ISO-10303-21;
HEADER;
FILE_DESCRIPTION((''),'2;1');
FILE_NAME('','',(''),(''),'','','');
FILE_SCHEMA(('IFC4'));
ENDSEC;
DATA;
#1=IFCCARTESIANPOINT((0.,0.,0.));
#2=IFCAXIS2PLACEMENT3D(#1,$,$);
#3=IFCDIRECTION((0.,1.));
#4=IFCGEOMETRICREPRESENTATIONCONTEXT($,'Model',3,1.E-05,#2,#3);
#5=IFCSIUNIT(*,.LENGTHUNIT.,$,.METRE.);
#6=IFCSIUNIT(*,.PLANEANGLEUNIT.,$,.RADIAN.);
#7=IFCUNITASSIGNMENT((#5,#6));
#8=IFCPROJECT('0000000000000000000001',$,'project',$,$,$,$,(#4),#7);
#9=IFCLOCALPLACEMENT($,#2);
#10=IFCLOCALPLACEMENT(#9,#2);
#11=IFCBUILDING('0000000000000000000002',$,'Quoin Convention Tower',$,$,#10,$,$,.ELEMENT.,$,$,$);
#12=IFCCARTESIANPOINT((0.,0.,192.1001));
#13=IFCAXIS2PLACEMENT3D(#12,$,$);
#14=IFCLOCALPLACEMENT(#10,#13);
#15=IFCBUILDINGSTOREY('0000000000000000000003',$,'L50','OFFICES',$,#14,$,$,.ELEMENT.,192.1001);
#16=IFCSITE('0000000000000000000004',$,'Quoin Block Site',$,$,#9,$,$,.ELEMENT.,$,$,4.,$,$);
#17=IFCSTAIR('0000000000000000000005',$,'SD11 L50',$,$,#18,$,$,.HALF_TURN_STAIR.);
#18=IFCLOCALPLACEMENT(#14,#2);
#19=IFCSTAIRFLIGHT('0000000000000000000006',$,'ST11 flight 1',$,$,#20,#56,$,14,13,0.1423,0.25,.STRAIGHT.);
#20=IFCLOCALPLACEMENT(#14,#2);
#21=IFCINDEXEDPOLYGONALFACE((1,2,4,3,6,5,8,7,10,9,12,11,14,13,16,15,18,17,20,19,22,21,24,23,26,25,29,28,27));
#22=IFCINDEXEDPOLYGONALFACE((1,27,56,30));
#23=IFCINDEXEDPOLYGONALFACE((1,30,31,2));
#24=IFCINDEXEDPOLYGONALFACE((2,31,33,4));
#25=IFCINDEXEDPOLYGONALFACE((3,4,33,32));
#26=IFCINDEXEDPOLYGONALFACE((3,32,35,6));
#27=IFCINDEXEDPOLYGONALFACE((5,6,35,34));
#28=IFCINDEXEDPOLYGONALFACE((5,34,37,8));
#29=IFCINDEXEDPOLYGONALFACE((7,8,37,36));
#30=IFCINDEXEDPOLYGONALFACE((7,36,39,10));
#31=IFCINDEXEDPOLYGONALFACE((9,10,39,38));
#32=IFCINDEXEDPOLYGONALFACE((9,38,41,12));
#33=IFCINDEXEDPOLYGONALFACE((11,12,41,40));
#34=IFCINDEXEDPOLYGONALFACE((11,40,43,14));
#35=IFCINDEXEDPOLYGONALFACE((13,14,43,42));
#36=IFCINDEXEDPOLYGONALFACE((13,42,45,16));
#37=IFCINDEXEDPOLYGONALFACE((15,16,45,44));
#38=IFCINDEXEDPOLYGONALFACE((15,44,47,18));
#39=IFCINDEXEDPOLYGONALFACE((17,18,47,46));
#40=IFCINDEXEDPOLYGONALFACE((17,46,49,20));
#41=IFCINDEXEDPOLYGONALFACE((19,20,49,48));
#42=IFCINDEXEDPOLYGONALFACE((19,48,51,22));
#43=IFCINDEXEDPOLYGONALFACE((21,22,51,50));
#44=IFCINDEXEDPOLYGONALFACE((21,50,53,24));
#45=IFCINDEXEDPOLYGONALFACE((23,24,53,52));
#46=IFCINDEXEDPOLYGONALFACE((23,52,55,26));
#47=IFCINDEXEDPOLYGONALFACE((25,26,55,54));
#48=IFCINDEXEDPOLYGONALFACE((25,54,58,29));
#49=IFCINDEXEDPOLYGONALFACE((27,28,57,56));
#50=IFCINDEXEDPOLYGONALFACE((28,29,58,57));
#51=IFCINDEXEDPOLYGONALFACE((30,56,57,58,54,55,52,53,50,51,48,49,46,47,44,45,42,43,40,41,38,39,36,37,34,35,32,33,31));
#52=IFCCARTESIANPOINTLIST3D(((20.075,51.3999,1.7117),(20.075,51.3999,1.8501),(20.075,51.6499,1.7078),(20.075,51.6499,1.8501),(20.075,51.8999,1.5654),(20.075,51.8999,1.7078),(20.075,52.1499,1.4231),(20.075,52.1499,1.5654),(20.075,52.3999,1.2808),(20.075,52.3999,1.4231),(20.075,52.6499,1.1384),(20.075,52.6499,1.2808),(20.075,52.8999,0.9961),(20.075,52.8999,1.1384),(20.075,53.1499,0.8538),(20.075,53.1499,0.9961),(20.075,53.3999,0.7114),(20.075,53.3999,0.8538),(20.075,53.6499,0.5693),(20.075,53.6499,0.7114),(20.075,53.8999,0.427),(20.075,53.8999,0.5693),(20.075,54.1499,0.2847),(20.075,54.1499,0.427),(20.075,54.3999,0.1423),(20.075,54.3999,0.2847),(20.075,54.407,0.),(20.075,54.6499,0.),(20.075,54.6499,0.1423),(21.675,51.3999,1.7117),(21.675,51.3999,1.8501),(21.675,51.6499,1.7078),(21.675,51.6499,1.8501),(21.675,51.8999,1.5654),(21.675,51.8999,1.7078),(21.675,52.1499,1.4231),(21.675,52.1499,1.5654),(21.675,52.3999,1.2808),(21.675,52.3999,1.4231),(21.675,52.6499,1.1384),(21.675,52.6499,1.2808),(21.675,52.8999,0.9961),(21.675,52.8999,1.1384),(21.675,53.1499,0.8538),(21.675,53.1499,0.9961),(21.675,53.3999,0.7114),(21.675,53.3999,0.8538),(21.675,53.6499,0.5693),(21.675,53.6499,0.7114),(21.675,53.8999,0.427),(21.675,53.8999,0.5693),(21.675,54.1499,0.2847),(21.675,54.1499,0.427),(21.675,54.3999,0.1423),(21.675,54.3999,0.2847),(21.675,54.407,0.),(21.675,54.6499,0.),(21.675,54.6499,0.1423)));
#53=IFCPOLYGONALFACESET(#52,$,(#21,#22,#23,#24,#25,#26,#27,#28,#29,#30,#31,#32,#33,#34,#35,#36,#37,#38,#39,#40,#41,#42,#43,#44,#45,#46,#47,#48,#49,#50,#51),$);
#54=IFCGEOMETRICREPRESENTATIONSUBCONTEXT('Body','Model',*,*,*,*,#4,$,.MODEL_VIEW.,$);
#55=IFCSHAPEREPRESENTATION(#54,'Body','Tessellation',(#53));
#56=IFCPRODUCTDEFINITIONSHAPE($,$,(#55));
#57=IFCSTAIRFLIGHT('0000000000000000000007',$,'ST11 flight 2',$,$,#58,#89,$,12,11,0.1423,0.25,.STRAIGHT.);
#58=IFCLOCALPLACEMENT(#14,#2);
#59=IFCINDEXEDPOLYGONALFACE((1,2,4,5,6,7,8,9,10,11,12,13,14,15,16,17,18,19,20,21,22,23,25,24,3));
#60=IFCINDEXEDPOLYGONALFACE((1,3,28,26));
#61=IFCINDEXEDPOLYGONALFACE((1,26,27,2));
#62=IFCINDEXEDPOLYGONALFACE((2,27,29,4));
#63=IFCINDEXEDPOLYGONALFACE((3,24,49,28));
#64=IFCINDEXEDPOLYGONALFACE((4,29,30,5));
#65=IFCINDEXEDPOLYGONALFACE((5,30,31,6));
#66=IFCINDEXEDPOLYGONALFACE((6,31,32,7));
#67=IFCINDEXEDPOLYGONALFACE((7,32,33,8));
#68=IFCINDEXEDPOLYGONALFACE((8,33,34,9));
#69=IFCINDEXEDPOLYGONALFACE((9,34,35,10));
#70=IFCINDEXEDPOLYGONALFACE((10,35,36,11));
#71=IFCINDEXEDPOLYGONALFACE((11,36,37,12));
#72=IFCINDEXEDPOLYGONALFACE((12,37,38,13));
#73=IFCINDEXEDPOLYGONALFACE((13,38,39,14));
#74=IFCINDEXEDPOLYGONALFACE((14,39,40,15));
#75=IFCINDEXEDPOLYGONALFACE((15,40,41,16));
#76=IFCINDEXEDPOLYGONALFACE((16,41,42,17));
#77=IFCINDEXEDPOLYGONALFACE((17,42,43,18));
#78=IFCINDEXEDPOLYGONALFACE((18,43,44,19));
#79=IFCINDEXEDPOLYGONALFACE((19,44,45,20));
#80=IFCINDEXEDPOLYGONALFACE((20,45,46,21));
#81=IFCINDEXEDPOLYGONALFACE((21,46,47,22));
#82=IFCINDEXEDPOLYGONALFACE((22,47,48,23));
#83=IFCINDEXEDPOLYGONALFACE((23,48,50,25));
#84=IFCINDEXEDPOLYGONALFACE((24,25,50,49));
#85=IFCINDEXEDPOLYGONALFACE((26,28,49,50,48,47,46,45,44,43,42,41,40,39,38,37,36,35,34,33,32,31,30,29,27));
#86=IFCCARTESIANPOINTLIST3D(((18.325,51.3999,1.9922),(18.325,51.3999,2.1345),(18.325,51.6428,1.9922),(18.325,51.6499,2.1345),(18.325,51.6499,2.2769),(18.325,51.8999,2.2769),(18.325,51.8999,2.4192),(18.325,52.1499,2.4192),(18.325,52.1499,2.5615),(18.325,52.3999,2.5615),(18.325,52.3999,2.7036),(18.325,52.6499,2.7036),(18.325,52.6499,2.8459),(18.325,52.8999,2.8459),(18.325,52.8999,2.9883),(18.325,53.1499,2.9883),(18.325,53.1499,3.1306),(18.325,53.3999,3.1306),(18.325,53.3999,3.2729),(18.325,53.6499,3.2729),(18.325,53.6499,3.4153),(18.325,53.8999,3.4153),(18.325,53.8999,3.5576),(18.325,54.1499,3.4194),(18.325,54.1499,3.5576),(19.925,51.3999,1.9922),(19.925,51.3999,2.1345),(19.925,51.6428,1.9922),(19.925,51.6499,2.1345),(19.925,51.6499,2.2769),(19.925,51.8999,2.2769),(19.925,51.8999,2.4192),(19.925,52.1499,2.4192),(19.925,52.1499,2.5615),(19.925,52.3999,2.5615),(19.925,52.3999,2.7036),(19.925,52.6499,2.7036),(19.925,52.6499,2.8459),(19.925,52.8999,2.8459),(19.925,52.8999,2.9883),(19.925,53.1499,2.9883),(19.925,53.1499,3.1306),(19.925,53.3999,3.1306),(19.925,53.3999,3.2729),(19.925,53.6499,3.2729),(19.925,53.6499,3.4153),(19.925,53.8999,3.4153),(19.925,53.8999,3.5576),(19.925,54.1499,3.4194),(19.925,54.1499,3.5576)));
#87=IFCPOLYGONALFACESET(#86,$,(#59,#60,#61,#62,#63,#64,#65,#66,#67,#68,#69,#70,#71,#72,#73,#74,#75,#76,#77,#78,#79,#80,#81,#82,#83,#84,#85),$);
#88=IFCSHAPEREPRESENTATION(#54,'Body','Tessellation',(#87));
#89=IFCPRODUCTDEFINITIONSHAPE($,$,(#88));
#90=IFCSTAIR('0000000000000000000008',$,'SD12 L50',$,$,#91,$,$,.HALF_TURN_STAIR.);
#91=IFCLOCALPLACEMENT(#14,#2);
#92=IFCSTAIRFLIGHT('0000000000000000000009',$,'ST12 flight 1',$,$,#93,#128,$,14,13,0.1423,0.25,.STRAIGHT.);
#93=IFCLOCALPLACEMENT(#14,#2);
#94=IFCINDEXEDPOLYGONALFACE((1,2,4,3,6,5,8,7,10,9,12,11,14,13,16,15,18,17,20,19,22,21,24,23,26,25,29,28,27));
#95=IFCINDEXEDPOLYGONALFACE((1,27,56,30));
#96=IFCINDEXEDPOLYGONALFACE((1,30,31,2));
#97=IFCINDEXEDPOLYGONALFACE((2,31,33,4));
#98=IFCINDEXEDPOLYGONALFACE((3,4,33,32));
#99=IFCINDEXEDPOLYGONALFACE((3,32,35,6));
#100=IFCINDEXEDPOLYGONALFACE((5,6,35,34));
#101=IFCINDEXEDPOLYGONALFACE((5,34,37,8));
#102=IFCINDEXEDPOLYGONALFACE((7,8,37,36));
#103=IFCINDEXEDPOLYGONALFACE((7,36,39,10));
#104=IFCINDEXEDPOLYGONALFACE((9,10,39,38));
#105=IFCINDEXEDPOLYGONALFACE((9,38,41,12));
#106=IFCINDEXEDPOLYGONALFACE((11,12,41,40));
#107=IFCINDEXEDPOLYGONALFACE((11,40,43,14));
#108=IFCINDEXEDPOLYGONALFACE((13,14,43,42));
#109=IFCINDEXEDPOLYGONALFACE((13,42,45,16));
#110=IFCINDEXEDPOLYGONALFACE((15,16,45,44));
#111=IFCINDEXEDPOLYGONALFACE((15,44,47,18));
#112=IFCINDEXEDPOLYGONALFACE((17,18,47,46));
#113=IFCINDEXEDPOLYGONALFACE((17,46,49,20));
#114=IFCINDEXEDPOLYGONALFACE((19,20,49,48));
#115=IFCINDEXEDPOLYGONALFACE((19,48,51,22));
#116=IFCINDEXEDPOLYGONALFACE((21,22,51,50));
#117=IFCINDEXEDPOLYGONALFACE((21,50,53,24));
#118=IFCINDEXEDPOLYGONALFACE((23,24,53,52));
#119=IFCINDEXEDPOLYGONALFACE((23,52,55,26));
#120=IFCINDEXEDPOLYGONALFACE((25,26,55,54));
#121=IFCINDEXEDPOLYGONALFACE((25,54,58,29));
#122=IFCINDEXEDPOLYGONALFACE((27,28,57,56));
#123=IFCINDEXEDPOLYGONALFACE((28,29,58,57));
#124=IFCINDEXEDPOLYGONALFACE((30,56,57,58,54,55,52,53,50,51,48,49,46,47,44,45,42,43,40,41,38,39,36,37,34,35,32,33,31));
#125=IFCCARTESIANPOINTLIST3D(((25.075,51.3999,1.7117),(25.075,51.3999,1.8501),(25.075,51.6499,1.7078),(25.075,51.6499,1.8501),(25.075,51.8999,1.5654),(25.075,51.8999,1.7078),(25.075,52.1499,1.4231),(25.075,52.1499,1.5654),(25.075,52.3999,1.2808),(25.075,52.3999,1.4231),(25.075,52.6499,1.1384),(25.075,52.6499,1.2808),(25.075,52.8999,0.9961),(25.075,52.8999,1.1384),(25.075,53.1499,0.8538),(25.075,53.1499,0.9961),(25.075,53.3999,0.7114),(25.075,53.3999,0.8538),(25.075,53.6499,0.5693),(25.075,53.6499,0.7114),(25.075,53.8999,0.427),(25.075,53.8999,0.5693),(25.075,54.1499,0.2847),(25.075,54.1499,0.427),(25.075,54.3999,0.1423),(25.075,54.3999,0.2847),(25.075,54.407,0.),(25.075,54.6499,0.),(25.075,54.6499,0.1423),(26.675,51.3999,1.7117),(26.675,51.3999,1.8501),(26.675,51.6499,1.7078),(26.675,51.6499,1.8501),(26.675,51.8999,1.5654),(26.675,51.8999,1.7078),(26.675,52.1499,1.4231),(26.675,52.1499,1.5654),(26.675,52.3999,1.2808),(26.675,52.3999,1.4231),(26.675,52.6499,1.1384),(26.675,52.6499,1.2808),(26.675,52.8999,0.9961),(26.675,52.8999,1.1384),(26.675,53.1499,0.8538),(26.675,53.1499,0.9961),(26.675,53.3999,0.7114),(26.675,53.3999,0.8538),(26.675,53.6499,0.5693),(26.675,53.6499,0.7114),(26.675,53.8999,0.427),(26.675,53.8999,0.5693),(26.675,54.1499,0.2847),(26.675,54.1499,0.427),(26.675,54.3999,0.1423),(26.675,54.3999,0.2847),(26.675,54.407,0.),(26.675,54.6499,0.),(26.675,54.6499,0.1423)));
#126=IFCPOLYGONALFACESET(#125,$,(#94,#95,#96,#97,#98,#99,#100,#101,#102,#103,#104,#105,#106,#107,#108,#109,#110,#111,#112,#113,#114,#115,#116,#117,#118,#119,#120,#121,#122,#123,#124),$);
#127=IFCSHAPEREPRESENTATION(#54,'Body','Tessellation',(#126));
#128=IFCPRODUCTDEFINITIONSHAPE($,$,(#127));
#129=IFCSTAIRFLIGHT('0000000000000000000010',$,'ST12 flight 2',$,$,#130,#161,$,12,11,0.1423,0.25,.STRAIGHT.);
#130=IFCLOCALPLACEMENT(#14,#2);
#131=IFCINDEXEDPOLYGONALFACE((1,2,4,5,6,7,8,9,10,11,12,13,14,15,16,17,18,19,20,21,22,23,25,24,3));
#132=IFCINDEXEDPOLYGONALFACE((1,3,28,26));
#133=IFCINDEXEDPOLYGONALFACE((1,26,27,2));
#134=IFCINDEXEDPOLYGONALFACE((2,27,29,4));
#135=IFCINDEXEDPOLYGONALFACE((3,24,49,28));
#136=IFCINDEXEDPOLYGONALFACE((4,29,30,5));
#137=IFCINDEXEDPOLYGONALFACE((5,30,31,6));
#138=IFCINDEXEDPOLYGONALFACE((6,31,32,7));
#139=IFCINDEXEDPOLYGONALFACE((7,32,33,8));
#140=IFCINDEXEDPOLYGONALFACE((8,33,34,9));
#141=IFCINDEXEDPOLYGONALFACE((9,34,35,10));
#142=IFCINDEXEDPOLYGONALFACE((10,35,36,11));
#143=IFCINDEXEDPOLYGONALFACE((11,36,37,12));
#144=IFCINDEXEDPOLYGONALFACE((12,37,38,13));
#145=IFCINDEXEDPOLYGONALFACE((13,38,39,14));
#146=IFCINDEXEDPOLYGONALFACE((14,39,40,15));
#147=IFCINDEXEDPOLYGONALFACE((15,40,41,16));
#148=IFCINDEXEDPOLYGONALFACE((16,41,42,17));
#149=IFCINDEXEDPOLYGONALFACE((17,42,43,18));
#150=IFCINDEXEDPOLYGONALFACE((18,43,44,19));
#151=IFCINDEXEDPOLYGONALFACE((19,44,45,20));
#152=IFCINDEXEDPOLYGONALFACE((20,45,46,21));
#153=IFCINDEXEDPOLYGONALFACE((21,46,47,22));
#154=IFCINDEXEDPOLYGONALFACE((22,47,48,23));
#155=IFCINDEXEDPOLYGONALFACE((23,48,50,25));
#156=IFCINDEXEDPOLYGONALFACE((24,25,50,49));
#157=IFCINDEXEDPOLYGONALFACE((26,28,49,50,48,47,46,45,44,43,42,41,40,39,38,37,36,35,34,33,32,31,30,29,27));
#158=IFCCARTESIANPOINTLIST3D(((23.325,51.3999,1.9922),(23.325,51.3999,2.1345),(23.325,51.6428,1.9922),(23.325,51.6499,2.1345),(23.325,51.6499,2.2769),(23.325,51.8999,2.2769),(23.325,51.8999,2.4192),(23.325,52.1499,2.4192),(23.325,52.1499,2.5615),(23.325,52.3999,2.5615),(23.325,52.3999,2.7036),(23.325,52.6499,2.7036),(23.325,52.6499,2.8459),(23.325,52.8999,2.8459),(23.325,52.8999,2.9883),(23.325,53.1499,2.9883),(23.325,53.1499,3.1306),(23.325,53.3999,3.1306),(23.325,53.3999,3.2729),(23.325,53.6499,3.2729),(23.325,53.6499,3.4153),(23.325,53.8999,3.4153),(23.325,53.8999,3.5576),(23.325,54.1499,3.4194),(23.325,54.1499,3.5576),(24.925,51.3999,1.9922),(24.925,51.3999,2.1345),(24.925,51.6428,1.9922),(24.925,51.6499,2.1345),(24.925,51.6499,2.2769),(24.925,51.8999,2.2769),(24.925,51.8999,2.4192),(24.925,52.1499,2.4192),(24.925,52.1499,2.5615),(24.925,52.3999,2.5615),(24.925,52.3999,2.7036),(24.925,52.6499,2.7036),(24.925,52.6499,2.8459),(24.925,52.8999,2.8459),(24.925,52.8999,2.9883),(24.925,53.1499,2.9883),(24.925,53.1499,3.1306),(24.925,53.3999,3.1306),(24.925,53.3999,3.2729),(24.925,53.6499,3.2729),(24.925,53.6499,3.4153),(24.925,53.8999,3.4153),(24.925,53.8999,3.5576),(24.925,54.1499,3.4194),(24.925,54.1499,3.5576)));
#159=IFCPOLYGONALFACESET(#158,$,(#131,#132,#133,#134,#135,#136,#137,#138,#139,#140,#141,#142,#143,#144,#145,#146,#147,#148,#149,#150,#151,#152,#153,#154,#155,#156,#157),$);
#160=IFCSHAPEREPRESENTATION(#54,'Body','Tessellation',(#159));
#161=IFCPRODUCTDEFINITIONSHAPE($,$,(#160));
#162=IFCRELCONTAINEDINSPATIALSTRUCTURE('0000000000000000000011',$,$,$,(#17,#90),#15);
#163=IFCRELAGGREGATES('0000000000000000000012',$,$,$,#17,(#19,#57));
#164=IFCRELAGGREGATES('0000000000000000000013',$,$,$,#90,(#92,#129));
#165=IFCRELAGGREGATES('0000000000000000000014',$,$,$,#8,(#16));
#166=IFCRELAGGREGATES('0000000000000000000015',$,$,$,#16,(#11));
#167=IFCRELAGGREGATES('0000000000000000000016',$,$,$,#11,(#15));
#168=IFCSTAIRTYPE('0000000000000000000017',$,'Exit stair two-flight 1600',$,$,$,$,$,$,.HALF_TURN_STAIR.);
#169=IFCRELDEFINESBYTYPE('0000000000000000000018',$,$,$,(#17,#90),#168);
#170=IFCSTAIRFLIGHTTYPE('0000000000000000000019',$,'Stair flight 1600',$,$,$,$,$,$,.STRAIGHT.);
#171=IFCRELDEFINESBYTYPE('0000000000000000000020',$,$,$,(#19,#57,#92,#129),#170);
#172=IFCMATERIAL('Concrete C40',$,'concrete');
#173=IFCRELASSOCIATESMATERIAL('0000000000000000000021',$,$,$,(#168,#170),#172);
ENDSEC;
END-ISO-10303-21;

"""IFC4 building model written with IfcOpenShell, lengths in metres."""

from ifc_helpers import new_model, si_unit, direction, frame, origin, place, context, subcontext, project, spatial, polyline, outline, extrude, material, type_object, element, aggregate, save


model = new_model("IFC4")

# Units and contexts
model_context = context("Model", 3, precision=1e-05, world=origin(), true_north=direction((0.0, 1.0)))
body_context = subcontext(model_context, "Body", "Model", "MODEL_VIEW")
ifc_project = project(units=[si_unit("LENGTHUNIT", "METRE"), si_unit("PLANEANGLEUNIT", "RADIAN")], contexts=[model_context])

# Site, building, storey
site_placement = place(None, origin())
site = spatial("IfcSite", under=ifc_project, at=site_placement, Name="Quoin Block Site", CompositionType="ELEMENT", RefElevation=4.0)
building_placement = place(site_placement, origin())
building = spatial("IfcBuilding", under=site, at=building_placement, Name="Quoin Convention Tower", CompositionType="ELEMENT")
storey_placement = place(building_placement, frame((0.0, 0.0, 192.1001)))
storey = spatial("IfcBuildingStorey", under=building, at=storey_placement, Name="L50", Description="OFFICES", CompositionType="ELEMENT", Elevation=192.1001)

# Stairs, stair flights
ifc_material_1 = material(Name="Concrete C40", Category="concrete")
stair_type = type_object("IfcStairType", Name="Exit stair two-flight 1600", PredefinedType="HALF_TURN_STAIR", material=ifc_material_1)
stair_1_placement = place(storey_placement, origin())
stair_1 = element("IfcStair", 1, at=stair_1_placement, inside=storey, type_object=stair_type, Name="SD11 L50", PredefinedType="HALF_TURN_STAIR")
stair_flight_type = type_object("IfcStairFlightType", Name="Stair flight 1600", PredefinedType="STRAIGHT", material=ifc_material_1)
stair_flight_1_placement = place(storey_placement, frame((20.875, 54.6499, 0.0), z_axis=(0.0, 0.0, 1.0), x_axis=(0.0, -1.0, 0.0)))
stair_flight_1 = element("IfcStairFlight", 2, at=stair_flight_1_placement, type_object=stair_flight_type, Name="ST11 flight 1", NumberOfRisers=14, NumberOfTreads=13, PredefinedType="STRAIGHT", RiserHeight=0.1423, TreadLength=0.25, context=body_context, shape_type="SweptSolid", body=[
    extrude(outline(polyline([(0.0, 0.0), (0.0, 0.1423), (0.25, 0.1423), (0.25, 0.2847), (0.5, 0.2847), (0.5, 0.427), (0.75, 0.427), (0.75, 0.5693), (1.0, 0.5693), (1.0, 0.7114), (1.25, 0.7114), (1.25, 0.8538), (1.5, 0.8538), (1.5, 0.9961), (1.75, 0.9961), (1.75, 1.1384), (2.0, 1.1384), (2.0, 1.2808), (2.25, 1.2808), (2.25, 1.4231), (2.5, 1.4231), (2.5, 1.5654), (2.75, 1.5654), (2.75, 1.7078), (3.0, 1.7078), (3.0, 1.8501), (3.25, 1.8501), (3.25, 1.9922), (3.25, 1.7117), (0.2429, 0.0), (0.0, 0.0)])), frame((0.0, 0.8, 0.0), z_axis=(0.0, -1.0, 0.0), x_axis=(1.0, 0.0, 0.0)), (0.0, 0.0, 1.0), 1.6001),
])
stair_flight_2_placement = place(storey_placement, frame((19.125, 51.3999, 1.9922), z_axis=(0.0, 0.0, 1.0), x_axis=(0.0, 1.0, 0.0)))
stair_flight_2 = element("IfcStairFlight", 3, at=stair_flight_2_placement, type_object=stair_flight_type, Name="ST11 flight 2", NumberOfRisers=12, NumberOfTreads=11, PredefinedType="STRAIGHT", RiserHeight=0.1423, TreadLength=0.25, context=body_context, shape_type="SweptSolid", body=[
    extrude(outline(polyline([(0.0, 0.0), (0.0, 0.1423), (0.25, 0.1423), (0.25, 0.2847), (0.5, 0.2847), (0.5, 0.427), (0.75, 0.427), (0.75, 0.5693), (1.0, 0.5693), (1.0, 0.7114), (1.25, 0.7114), (1.25, 0.8538), (1.5, 0.8538), (1.5, 0.9961), (1.75, 0.9961), (1.75, 1.1384), (2.0, 1.1384), (2.0, 1.2808), (2.25, 1.2808), (2.25, 1.4231), (2.5, 1.4231), (2.5, 1.5654), (2.75, 1.5654), (2.75, 1.7078), (2.75, 1.4272), (0.2429, 0.0), (0.0, 0.0)])), frame((0.0, 0.8, 0.0), z_axis=(0.0, -1.0, 0.0), x_axis=(1.0, 0.0, 0.0)), (0.0, 0.0, 1.0), 1.6001),
])
aggregate(stair_1, [stair_flight_1, stair_flight_2])
stair_2_placement = place(storey_placement, origin())
stair_2 = element("IfcStair", 4, at=stair_2_placement, inside=storey, type_object=stair_type, Name="SD12 L50", PredefinedType="HALF_TURN_STAIR")
stair_flight_3_placement = place(storey_placement, frame((25.875, 54.6499, 0.0), z_axis=(0.0, 0.0, 1.0), x_axis=(0.0, -1.0, 0.0)))
stair_flight_3 = element("IfcStairFlight", 5, at=stair_flight_3_placement, type_object=stair_flight_type, Name="ST12 flight 1", NumberOfRisers=14, NumberOfTreads=13, PredefinedType="STRAIGHT", RiserHeight=0.1423, TreadLength=0.25, context=body_context, shape_type="SweptSolid", body=[
    extrude(outline(polyline([(0.0, 0.0), (0.0, 0.1423), (0.25, 0.1423), (0.25, 0.2847), (0.5, 0.2847), (0.5, 0.427), (0.75, 0.427), (0.75, 0.5693), (1.0, 0.5693), (1.0, 0.7114), (1.25, 0.7114), (1.25, 0.8538), (1.5, 0.8538), (1.5, 0.9961), (1.75, 0.9961), (1.75, 1.1384), (2.0, 1.1384), (2.0, 1.2808), (2.25, 1.2808), (2.25, 1.4231), (2.5, 1.4231), (2.5, 1.5654), (2.75, 1.5654), (2.75, 1.7078), (3.0, 1.7078), (3.0, 1.8501), (3.25, 1.8501), (3.25, 1.9922), (3.25, 1.7117), (0.2429, 0.0), (0.0, 0.0)])), frame((0.0, 0.8, 0.0), z_axis=(0.0, -1.0, 0.0), x_axis=(1.0, 0.0, 0.0)), (0.0, 0.0, 1.0), 1.6001),
])
stair_flight_4_placement = place(storey_placement, frame((24.125, 51.3999, 1.9922), z_axis=(0.0, 0.0, 1.0), x_axis=(0.0, 1.0, 0.0)))
stair_flight_4 = element("IfcStairFlight", 6, at=stair_flight_4_placement, type_object=stair_flight_type, Name="ST12 flight 2", NumberOfRisers=12, NumberOfTreads=11, PredefinedType="STRAIGHT", RiserHeight=0.1423, TreadLength=0.25, context=body_context, shape_type="SweptSolid", body=[
    extrude(outline(polyline([(0.0, 0.0), (0.0, 0.1423), (0.25, 0.1423), (0.25, 0.2847), (0.5, 0.2847), (0.5, 0.427), (0.75, 0.427), (0.75, 0.5693), (1.0, 0.5693), (1.0, 0.7114), (1.25, 0.7114), (1.25, 0.8538), (1.5, 0.8538), (1.5, 0.9961), (1.75, 0.9961), (1.75, 1.1384), (2.0, 1.1384), (2.0, 1.2808), (2.25, 1.2808), (2.25, 1.4231), (2.5, 1.4231), (2.5, 1.5654), (2.75, 1.5654), (2.75, 1.7078), (2.75, 1.4272), (0.2429, 0.0), (0.0, 0.0)])), frame((0.0, 0.8, 0.0), z_axis=(0.0, -1.0, 0.0), x_axis=(1.0, 0.0, 0.0)), (0.0, 0.0, 1.0), 1.6001),
])
aggregate(stair_2, [stair_flight_3, stair_flight_4])

save(model, "model.ifc")
